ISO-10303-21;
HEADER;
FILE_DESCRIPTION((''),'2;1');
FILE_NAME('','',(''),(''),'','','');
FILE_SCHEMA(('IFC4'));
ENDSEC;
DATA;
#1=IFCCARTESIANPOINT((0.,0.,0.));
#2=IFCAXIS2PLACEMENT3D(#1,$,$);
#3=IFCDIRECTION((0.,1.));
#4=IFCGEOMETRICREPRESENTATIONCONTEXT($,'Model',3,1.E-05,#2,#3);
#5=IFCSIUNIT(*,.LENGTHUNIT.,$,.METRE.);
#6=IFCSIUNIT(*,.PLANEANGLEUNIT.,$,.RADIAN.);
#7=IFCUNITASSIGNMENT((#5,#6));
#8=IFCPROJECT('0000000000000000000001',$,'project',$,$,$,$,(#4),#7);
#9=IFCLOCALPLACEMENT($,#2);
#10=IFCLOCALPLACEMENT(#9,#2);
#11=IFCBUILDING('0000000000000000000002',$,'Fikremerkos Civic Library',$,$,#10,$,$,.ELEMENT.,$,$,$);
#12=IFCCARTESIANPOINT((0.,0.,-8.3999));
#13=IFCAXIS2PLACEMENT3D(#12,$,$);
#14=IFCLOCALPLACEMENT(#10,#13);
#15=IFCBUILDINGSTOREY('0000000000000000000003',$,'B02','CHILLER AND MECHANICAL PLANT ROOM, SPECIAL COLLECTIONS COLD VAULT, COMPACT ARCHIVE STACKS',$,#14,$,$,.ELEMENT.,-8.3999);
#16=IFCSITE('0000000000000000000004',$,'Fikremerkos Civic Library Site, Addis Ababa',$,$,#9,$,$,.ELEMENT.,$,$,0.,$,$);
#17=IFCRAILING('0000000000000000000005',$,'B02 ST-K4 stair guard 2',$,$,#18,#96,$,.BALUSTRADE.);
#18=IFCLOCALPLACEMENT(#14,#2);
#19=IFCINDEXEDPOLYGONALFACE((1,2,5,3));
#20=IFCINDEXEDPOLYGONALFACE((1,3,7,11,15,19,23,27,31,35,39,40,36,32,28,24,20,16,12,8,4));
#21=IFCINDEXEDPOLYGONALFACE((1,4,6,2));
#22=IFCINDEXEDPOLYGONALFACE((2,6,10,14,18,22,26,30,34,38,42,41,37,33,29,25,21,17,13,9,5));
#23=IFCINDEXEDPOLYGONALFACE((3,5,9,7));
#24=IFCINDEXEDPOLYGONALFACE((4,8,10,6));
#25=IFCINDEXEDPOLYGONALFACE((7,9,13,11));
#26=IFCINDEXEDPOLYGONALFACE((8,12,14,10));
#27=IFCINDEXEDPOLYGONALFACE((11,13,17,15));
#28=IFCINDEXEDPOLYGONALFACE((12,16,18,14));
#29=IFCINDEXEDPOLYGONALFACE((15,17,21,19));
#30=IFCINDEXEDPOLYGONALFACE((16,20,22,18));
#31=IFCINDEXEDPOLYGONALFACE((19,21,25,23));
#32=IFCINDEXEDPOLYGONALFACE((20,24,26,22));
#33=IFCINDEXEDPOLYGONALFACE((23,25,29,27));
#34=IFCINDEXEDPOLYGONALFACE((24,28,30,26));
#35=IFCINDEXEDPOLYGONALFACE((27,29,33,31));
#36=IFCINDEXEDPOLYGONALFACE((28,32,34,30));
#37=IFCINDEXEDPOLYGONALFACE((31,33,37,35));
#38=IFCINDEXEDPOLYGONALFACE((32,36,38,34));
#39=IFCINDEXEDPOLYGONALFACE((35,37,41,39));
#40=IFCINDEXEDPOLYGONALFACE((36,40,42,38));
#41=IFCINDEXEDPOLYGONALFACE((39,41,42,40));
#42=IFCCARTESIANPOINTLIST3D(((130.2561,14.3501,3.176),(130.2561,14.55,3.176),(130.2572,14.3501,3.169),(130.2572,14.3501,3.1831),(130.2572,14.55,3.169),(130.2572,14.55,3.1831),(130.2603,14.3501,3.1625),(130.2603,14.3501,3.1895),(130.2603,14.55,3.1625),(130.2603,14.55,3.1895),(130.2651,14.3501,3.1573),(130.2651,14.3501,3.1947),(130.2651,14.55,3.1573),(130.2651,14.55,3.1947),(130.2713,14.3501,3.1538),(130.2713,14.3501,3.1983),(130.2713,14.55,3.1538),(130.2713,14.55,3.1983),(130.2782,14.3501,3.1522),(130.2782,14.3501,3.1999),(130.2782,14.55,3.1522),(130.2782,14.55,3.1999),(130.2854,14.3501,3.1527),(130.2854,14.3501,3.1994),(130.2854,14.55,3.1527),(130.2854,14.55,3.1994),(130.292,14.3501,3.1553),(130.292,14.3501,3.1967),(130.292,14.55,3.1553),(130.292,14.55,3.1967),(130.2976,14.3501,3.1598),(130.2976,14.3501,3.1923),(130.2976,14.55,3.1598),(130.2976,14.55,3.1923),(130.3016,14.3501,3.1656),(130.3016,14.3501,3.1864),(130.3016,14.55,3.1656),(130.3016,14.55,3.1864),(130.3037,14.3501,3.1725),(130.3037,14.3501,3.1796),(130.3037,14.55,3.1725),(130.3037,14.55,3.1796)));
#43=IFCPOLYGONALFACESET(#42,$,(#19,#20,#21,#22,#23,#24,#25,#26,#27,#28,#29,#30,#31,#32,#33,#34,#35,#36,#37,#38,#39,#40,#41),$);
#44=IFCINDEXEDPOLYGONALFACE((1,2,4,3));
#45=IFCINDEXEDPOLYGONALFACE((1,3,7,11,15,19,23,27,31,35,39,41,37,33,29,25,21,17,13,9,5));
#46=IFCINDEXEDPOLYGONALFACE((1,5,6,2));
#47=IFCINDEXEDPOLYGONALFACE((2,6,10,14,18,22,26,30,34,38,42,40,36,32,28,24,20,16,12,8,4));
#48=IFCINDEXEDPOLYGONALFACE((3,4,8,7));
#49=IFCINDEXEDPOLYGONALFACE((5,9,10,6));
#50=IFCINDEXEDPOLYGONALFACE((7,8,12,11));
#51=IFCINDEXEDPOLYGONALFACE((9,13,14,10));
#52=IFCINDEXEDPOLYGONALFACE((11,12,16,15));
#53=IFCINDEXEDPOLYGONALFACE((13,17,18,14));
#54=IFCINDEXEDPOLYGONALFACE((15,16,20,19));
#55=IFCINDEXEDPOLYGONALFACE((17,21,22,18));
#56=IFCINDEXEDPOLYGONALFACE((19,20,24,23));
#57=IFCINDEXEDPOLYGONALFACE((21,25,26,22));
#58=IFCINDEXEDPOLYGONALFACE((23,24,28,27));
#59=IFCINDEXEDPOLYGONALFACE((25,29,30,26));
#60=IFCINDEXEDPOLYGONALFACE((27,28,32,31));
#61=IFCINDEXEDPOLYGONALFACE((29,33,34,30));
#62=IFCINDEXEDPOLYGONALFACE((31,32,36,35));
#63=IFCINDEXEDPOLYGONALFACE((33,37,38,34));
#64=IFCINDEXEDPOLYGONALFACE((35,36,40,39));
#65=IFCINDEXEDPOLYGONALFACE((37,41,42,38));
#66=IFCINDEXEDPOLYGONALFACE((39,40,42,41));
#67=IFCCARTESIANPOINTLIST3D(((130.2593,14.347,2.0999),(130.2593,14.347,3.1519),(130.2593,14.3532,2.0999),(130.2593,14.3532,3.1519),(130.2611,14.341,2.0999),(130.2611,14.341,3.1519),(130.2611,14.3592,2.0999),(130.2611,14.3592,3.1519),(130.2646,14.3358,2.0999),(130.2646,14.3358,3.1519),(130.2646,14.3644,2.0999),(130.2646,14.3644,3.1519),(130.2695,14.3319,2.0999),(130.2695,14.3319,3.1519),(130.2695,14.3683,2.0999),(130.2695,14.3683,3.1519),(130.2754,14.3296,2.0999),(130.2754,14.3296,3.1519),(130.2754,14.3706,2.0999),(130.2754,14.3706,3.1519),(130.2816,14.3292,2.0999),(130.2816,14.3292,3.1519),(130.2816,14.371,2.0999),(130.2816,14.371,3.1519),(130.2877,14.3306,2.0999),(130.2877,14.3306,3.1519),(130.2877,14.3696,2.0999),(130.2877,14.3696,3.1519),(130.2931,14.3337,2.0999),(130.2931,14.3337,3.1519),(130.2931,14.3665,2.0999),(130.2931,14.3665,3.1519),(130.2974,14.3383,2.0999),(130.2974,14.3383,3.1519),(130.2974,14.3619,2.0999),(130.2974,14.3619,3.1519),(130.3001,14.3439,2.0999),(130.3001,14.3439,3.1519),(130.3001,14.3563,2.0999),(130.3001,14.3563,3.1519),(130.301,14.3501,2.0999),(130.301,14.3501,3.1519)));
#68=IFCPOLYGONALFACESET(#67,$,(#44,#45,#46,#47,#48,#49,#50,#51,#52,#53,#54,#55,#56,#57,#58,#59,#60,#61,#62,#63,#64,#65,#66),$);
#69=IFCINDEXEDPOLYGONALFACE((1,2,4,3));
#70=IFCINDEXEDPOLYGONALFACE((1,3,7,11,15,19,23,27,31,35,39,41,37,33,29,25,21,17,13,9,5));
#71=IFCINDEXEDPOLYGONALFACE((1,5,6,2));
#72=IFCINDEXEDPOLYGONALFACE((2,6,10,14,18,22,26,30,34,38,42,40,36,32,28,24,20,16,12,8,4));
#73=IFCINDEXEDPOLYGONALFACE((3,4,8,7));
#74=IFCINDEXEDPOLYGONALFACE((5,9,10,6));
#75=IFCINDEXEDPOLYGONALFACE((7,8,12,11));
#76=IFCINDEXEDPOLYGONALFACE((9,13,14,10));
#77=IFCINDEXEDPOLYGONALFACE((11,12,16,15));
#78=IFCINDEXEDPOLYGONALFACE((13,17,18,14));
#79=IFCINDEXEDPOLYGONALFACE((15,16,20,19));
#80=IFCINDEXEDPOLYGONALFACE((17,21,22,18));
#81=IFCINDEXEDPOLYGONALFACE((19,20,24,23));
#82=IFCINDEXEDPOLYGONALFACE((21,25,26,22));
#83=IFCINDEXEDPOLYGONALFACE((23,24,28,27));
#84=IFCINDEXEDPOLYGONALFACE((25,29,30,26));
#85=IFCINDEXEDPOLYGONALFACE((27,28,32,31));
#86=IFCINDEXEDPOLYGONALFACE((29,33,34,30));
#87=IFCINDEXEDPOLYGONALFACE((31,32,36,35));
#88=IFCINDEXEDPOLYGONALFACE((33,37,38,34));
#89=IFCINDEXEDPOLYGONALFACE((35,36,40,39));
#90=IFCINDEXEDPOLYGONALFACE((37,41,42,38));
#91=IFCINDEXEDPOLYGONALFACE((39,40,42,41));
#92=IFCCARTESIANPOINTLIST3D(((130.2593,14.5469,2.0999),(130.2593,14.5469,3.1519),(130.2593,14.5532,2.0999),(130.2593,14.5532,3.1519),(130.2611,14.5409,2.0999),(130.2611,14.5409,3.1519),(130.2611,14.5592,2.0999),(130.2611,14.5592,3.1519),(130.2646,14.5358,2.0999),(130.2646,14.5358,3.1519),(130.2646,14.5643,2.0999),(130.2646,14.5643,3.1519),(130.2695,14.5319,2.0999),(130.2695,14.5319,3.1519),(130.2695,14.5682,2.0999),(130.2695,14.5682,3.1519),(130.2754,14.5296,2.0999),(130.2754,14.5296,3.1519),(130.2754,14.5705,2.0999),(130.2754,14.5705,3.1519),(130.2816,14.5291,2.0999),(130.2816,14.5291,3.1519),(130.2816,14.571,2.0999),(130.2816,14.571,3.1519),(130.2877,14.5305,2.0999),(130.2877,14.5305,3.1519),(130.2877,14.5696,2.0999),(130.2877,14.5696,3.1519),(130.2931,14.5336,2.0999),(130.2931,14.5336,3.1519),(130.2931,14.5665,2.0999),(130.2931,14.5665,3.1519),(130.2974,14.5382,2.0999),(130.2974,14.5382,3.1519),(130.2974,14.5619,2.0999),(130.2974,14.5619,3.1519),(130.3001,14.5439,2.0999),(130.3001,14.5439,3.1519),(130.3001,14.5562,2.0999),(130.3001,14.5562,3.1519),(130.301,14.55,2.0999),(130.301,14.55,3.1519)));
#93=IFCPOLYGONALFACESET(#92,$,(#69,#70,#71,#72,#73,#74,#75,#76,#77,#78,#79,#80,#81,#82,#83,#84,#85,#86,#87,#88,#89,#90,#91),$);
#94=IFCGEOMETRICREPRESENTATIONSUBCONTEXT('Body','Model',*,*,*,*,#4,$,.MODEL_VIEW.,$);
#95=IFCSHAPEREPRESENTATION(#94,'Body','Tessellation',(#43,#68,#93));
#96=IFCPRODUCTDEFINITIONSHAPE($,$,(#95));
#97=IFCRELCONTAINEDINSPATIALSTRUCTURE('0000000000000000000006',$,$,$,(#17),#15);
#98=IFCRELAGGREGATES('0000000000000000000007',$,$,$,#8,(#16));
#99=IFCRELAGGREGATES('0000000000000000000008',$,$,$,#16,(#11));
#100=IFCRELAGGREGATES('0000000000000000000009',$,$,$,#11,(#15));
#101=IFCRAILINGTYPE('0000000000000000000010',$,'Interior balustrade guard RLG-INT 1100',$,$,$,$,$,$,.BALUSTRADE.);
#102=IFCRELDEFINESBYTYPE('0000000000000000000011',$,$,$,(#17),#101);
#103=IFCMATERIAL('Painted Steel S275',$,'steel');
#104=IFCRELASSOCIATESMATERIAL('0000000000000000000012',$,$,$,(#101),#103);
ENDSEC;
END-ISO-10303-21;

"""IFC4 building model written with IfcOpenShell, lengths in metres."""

from ifc_helpers import new_model, si_unit, direction, frame, origin, origin_2d, place, context, subcontext, project, spatial, circle, extrude, material, type_object, element, save


model = new_model("IFC4")

# Units and contexts
model_context = context("Model", 3, precision=1e-05, world=origin(), true_north=direction((0.0, 1.0)))
body_context = subcontext(model_context, "Body", "Model", "MODEL_VIEW")
ifc_project = project(units=[si_unit("LENGTHUNIT", "METRE"), si_unit("PLANEANGLEUNIT", "RADIAN")], contexts=[model_context])

# Site, building, storey
site_placement = place(None, origin())
site = spatial("IfcSite", under=ifc_project, at=site_placement, Name="Fikremerkos Civic Library Site, Addis Ababa", CompositionType="ELEMENT", RefElevation=0.0)
building_placement = place(site_placement, origin())
building = spatial("IfcBuilding", under=site, at=building_placement, Name="Fikremerkos Civic Library", CompositionType="ELEMENT")
storey_placement = place(building_placement, frame((0.0, 0.0, -8.3999)))
storey = spatial("IfcBuildingStorey", under=building, at=storey_placement, Name="B02", Description="CHILLER AND MECHANICAL PLANT ROOM, SPECIAL COLLECTIONS COLD VAULT, COMPACT ARCHIVE STACKS", CompositionType="ELEMENT", Elevation=-8.3999)

# Railing
ifc_material_1 = material(Name="Painted Steel S275", Category="steel")
railing_type_1 = type_object("IfcRailingType", Name="Interior balustrade guard RLG-INT 1100", PredefinedType="BALUSTRADE", material=ifc_material_1)
railing_1_placement = place(storey_placement, frame((130.28, 14.3501, 2.0999)))
element("IfcRailing", 1, at=railing_1_placement, inside=storey, type_object=railing_type_1, Name="B02 ST-K4 stair guard 2", PredefinedType="BALUSTRADE", context=body_context, shape_type="SweptSolid", body=[
    extrude(circle(Radius=0.0239, at=origin_2d()), frame((0.0, 0.0, 1.0762), z_axis=(0.0, 1.0, 0.0), x_axis=(-1.0, 0.0, 0.0)), (0.0, 0.0, 1.0), 0.2),
    extrude(circle(Radius=0.021, at=origin_2d()), origin(), (0.0, 0.0, 1.0), 1.052),
    extrude(circle(Radius=0.021, at=origin_2d()), frame((0.0, 0.2, 0.0)), (0.0, 0.0, 1.0), 1.052),
])

save(model, "model.ifc")
